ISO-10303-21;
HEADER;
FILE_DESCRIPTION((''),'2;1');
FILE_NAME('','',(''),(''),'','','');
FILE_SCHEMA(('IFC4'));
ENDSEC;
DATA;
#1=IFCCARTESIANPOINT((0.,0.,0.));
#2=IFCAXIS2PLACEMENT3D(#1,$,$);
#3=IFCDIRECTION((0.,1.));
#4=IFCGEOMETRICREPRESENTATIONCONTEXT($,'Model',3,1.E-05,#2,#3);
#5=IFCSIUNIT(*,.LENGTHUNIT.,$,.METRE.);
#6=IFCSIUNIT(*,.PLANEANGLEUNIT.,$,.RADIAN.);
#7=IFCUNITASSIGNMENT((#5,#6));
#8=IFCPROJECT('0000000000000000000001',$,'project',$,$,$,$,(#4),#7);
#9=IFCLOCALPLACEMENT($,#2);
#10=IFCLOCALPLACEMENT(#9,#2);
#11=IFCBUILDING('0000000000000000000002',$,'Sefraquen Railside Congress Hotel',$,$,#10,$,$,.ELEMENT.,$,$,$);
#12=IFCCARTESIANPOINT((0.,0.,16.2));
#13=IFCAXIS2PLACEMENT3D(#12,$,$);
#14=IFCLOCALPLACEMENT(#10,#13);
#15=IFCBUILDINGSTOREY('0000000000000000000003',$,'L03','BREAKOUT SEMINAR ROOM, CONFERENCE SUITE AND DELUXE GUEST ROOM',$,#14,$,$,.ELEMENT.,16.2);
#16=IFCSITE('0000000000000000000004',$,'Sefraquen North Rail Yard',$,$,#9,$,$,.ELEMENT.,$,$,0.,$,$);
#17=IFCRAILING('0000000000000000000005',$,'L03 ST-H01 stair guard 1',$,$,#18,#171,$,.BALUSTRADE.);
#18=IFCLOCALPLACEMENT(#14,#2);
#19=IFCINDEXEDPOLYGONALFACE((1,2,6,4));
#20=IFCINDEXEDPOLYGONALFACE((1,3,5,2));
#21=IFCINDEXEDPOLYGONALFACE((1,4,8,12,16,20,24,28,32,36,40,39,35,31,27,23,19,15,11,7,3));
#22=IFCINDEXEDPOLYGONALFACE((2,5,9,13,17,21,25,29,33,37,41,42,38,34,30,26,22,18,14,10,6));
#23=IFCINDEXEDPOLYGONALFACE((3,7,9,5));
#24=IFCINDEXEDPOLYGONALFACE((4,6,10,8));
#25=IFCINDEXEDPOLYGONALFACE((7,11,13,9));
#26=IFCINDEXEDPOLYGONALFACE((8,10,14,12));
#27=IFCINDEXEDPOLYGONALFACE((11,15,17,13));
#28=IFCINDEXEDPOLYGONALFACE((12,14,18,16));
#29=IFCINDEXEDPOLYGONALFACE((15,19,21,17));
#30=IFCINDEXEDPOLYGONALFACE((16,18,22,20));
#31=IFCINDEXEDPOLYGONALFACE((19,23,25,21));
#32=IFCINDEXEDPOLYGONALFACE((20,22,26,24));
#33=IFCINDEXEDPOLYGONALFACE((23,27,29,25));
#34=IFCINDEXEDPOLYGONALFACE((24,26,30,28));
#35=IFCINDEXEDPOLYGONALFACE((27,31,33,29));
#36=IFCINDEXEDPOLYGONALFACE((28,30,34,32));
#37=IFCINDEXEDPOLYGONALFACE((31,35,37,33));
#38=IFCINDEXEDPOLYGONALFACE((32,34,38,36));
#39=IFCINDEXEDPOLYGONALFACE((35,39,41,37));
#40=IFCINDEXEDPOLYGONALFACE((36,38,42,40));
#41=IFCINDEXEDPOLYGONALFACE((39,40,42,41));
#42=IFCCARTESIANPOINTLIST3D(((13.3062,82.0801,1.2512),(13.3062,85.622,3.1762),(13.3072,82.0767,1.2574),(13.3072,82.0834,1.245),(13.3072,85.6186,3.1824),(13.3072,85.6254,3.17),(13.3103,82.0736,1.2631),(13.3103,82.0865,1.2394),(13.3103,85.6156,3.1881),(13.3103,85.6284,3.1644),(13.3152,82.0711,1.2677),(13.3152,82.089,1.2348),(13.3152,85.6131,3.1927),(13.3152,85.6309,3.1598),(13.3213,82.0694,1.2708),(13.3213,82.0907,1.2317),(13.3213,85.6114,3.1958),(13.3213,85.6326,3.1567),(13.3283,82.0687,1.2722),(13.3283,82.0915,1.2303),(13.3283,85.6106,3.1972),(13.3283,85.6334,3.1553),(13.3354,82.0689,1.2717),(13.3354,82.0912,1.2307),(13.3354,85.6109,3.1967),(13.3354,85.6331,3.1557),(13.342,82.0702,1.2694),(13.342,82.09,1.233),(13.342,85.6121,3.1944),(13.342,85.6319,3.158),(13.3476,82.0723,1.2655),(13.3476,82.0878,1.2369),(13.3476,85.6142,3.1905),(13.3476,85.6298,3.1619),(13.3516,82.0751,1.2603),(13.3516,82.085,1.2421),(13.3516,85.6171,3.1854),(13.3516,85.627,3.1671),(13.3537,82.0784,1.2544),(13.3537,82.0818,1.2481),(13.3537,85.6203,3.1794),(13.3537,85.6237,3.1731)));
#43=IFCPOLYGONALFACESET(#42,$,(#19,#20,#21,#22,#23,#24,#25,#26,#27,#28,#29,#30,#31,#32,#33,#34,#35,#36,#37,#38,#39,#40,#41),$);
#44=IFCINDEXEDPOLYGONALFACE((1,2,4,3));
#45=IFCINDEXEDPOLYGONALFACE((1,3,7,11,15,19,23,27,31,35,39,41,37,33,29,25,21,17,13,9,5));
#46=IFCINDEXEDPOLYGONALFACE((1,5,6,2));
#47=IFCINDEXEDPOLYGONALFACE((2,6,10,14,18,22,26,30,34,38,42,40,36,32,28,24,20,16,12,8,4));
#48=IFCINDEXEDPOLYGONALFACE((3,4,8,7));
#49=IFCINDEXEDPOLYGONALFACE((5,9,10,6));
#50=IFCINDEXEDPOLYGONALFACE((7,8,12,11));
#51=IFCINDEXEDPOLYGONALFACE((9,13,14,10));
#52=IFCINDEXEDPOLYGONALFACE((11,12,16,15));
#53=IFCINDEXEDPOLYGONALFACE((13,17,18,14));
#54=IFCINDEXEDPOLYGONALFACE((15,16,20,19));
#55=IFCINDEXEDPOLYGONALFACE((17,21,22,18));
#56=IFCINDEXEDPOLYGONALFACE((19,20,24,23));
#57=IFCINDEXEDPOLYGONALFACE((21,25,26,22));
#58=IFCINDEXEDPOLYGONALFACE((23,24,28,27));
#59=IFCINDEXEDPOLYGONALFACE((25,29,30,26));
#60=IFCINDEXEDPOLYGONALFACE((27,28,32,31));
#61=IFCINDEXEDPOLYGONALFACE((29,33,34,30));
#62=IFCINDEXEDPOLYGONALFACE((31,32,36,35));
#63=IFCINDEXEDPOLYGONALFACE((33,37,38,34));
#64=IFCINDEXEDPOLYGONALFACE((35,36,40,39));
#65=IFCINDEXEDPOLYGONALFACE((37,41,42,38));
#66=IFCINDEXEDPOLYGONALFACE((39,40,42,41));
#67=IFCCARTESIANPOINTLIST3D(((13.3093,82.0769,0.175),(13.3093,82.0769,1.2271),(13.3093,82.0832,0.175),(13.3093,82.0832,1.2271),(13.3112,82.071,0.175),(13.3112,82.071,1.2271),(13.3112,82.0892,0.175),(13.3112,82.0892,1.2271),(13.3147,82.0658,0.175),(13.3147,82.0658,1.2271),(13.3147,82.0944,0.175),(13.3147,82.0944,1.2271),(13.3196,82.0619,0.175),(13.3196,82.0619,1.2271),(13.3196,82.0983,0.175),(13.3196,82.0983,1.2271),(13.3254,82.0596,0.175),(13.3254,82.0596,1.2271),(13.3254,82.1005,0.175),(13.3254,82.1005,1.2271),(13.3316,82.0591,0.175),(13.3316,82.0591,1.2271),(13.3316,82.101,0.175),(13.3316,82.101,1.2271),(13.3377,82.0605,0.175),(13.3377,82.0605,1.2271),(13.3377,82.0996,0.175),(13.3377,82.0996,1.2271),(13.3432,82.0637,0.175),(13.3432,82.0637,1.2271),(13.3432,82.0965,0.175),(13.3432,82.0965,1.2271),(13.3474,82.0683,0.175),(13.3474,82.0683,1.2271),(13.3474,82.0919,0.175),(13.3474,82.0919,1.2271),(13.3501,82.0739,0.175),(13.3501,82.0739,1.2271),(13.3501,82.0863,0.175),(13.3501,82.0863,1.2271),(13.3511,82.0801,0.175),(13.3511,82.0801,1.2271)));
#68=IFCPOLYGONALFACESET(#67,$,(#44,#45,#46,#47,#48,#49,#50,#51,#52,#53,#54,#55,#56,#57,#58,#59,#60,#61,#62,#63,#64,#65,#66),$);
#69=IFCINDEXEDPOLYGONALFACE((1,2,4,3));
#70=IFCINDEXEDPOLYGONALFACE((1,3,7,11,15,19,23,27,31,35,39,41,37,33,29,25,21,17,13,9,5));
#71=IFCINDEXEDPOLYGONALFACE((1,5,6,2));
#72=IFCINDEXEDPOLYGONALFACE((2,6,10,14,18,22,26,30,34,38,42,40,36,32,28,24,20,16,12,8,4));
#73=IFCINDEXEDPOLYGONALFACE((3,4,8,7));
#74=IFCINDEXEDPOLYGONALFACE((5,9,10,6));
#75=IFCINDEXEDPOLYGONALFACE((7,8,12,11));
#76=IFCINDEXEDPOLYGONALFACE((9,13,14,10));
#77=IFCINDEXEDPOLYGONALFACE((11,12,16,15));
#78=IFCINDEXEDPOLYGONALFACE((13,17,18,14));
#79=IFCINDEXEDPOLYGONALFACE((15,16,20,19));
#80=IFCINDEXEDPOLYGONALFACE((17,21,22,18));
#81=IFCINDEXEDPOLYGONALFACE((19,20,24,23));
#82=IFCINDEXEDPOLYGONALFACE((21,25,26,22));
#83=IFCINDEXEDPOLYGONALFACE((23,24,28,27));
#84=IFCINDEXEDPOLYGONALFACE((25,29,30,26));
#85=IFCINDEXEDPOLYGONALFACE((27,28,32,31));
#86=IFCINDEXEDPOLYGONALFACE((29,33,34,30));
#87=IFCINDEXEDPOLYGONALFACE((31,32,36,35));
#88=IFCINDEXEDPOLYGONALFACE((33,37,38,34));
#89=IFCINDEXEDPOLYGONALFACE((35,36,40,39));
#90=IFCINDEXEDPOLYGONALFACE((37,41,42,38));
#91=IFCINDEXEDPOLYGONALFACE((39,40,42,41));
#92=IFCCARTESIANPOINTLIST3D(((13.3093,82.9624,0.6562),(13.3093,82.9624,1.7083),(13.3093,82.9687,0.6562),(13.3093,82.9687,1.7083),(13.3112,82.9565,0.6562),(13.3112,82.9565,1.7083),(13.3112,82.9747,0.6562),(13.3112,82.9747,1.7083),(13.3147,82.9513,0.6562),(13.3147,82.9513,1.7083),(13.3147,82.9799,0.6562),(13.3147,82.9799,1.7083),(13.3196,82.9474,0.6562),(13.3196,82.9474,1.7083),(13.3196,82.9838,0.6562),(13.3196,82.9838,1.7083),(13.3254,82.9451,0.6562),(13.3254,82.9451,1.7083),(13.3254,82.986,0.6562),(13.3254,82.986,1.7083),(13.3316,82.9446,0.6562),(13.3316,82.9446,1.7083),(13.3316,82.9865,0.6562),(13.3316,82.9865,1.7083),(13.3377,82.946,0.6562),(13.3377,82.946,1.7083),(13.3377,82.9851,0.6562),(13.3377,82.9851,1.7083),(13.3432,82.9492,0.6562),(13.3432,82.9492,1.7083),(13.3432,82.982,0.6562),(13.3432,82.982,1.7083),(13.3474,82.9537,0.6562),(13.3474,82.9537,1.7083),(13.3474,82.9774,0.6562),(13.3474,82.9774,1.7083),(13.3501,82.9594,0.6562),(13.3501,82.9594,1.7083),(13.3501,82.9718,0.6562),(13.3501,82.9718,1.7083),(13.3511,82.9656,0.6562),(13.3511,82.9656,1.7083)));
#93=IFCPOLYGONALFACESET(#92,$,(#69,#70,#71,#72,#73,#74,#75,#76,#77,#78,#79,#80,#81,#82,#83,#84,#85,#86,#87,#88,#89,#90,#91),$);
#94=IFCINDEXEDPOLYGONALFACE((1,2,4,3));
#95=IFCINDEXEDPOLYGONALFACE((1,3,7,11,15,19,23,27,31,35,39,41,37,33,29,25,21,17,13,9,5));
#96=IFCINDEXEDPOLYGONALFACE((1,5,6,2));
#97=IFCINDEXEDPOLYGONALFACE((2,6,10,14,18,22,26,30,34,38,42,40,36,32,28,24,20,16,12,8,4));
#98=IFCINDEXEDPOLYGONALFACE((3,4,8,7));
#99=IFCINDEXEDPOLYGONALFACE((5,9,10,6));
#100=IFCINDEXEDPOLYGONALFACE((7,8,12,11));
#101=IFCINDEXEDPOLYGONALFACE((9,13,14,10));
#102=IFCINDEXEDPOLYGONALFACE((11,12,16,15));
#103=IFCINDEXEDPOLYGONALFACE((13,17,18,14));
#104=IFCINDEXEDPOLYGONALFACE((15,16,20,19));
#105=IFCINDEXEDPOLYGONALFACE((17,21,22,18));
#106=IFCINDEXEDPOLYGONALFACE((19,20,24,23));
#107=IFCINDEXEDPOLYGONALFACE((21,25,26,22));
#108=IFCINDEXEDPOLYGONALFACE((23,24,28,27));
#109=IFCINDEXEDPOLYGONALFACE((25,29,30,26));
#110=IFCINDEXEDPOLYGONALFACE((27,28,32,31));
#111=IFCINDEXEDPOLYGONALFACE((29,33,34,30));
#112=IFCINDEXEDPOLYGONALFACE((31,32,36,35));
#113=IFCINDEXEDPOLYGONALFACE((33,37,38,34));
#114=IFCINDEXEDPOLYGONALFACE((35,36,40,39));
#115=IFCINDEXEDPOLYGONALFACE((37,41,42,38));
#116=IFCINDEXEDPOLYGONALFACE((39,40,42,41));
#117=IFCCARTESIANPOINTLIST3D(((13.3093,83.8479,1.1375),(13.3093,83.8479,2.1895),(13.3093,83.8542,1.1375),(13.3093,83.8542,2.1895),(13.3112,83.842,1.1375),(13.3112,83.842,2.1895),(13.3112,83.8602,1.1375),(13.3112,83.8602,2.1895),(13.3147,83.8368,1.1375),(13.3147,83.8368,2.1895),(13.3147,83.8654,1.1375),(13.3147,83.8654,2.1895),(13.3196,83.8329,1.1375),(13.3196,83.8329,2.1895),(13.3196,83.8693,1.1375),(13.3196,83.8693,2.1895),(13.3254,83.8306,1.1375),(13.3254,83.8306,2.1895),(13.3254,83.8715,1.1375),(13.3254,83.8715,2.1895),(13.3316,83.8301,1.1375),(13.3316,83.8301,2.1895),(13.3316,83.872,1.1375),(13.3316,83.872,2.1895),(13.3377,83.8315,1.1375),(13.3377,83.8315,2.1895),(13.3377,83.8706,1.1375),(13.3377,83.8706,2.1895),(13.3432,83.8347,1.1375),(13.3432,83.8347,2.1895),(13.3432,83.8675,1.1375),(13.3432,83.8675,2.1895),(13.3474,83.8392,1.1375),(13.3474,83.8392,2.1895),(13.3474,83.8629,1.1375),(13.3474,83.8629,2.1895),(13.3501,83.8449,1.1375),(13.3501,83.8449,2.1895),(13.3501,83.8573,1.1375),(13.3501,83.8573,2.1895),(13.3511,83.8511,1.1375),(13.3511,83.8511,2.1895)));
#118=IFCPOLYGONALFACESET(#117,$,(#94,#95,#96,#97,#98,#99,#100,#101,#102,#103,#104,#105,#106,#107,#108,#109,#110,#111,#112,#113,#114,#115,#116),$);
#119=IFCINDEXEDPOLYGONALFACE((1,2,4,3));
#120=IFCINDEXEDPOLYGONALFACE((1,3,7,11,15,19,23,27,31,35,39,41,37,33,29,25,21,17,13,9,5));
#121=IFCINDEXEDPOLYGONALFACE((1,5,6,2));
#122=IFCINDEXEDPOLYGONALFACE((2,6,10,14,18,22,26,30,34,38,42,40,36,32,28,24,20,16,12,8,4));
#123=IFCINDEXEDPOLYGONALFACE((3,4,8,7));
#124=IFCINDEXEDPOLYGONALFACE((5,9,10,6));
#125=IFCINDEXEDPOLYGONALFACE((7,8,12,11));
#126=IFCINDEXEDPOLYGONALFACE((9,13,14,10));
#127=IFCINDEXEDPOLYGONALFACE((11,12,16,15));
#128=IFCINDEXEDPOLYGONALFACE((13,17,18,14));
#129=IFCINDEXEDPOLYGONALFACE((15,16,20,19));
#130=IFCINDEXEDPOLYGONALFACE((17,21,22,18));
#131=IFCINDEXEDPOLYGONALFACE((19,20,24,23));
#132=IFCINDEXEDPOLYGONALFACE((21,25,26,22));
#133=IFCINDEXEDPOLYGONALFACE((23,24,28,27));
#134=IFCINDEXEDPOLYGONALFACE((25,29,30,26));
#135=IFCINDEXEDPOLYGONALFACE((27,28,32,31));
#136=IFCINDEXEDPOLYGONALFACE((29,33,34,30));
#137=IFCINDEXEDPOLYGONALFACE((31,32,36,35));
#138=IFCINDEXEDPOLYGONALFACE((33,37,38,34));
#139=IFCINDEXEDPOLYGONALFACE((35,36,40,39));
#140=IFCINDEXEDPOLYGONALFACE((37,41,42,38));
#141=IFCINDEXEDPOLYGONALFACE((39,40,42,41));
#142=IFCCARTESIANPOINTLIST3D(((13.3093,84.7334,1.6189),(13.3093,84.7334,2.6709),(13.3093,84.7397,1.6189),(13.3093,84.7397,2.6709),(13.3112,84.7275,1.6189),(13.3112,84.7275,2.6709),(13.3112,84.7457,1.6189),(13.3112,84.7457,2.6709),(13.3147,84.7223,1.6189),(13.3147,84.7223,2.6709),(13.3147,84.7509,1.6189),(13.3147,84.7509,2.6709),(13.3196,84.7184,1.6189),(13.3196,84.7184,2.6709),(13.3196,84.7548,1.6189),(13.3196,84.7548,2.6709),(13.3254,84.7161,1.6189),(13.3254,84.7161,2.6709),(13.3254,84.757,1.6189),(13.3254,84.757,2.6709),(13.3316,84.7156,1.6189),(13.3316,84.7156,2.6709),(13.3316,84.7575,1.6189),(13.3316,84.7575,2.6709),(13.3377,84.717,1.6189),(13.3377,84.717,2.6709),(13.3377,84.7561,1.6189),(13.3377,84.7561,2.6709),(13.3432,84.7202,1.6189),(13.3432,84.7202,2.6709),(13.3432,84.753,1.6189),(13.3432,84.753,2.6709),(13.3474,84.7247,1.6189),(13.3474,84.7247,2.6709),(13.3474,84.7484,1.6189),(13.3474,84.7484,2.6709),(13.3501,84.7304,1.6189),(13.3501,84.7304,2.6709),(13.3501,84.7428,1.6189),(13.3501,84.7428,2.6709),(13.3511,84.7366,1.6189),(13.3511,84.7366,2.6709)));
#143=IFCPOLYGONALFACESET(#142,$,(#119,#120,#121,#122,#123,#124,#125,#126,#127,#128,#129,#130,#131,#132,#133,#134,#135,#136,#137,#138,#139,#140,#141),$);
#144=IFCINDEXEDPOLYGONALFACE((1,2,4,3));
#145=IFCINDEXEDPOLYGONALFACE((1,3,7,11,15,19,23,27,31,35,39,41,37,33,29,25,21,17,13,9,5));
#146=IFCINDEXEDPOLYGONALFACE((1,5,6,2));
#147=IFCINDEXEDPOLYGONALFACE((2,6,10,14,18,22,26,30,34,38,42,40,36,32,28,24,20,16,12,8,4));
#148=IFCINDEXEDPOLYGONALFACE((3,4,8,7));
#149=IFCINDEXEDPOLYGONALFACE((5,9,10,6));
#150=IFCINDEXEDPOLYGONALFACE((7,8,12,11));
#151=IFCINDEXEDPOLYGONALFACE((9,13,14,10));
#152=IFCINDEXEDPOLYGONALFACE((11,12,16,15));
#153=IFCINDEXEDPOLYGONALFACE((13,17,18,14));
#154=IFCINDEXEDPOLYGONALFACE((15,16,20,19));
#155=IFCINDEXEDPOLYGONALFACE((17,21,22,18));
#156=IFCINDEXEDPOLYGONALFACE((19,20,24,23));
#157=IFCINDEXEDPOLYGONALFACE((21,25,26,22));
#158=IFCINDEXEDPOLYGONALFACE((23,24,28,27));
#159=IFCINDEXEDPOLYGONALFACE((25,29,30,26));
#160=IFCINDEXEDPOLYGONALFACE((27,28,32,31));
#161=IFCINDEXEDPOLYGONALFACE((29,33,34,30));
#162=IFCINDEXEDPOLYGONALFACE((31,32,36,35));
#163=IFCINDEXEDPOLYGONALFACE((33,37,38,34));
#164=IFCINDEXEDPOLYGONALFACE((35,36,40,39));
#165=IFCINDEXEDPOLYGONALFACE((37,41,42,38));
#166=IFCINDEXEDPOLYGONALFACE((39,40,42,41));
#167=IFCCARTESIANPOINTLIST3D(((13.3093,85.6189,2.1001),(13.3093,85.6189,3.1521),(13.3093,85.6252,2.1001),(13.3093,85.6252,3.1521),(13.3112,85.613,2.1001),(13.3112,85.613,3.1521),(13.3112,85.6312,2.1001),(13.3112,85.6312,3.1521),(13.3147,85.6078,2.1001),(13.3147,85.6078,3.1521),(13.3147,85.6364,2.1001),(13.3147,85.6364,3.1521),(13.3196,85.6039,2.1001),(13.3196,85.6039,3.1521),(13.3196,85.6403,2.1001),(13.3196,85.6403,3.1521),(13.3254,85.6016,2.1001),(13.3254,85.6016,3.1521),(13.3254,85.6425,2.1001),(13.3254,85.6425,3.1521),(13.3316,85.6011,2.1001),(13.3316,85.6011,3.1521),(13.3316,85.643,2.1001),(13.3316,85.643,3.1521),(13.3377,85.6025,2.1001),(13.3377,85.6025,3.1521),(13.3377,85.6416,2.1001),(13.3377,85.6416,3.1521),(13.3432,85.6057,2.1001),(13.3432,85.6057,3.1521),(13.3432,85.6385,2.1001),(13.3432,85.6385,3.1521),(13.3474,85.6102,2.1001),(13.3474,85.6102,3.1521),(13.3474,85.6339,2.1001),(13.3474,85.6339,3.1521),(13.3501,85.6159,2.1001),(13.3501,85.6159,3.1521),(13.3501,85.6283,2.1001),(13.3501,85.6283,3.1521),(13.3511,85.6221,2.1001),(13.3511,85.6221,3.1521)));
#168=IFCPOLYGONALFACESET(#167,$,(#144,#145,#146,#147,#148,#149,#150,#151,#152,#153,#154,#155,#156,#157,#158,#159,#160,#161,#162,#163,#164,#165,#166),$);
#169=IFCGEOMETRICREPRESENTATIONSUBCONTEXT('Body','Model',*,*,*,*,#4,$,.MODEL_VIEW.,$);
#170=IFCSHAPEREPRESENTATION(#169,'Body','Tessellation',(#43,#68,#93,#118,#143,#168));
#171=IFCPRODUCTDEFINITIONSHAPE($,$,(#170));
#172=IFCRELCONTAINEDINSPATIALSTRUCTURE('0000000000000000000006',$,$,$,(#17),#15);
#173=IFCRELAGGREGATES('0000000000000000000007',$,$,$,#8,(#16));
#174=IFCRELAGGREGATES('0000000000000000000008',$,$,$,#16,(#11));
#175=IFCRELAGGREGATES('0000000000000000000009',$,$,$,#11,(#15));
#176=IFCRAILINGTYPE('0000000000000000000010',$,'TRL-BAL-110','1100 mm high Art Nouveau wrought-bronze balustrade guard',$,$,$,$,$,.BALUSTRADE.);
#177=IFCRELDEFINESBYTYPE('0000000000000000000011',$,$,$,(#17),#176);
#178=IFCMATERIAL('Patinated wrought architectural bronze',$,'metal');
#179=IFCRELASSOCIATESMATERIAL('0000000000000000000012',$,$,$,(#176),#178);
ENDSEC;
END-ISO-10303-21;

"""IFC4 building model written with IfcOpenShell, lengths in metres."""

from ifc_helpers import new_model, si_unit, direction, frame, origin, origin_2d, place, context, subcontext, project, spatial, circle, extrude, material, type_object, element, save


model = new_model("IFC4")

# Units and contexts
model_context = context("Model", 3, precision=1e-05, world=origin(), true_north=direction((0.0, 1.0)))
body_context = subcontext(model_context, "Body", "Model", "MODEL_VIEW")
ifc_project = project(units=[si_unit("LENGTHUNIT", "METRE"), si_unit("PLANEANGLEUNIT", "RADIAN")], contexts=[model_context])

# Site, building, storey
site_placement = place(None, origin())
site = spatial("IfcSite", under=ifc_project, at=site_placement, Name="Sefraquen North Rail Yard", CompositionType="ELEMENT", RefElevation=0.0)
building_placement = place(site_placement, origin())
building = spatial("IfcBuilding", under=site, at=building_placement, Name="Sefraquen Railside Congress Hotel", CompositionType="ELEMENT")
storey_placement = place(building_placement, frame((0.0, 0.0, 16.2)))
storey = spatial("IfcBuildingStorey", under=building, at=storey_placement, Name="L03", Description="BREAKOUT SEMINAR ROOM, CONFERENCE SUITE AND DELUXE GUEST ROOM", CompositionType="ELEMENT", Elevation=16.2)

# Railing
ifc_material_1 = material(Name="Patinated wrought architectural bronze", Category="metal")
railing_type = type_object("IfcRailingType", Name="TRL-BAL-110", Description="1100 mm high Art Nouveau wrought-bronze balustrade guard", PredefinedType="BALUSTRADE", material=ifc_material_1)
railing_1_placement = place(storey_placement, frame((13.3301, 82.0801, 0.175)))
element("IfcRailing", 1, at=railing_1_placement, inside=storey, type_object=railing_type, Name="L03 ST-H01 stair guard 1", PredefinedType="BALUSTRADE", context=body_context, shape_type="SweptSolid", body=[
    extrude(circle(Radius=0.0239, at=origin_2d()), frame((0.0, 0.0, 1.0762), z_axis=(0.0, 0.878619, 0.477523), x_axis=(-1.0, 0.0, 0.0)), (0.0, 0.0, 1.0), 4.0312),
    extrude(circle(Radius=0.021, at=origin_2d()), origin(), (0.0, 0.0, 1.0), 1.052),
    extrude(circle(Radius=0.021, at=origin_2d()), frame((0.0, 0.8855, 0.4812)), (0.0, 0.0, 1.0), 1.052),
    extrude(circle(Radius=0.021, at=origin_2d()), frame((0.0, 1.771, 0.9624)), (0.0, 0.0, 1.0), 1.052),
    extrude(circle(Radius=0.021, at=origin_2d()), frame((0.0, 2.6565, 1.4438)), (0.0, 0.0, 1.0), 1.052),
    extrude(circle(Radius=0.021, at=origin_2d()), frame((0.0, 3.542, 1.925)), (0.0, 0.0, 1.0), 1.052),
])

save(model, "model.ifc")
